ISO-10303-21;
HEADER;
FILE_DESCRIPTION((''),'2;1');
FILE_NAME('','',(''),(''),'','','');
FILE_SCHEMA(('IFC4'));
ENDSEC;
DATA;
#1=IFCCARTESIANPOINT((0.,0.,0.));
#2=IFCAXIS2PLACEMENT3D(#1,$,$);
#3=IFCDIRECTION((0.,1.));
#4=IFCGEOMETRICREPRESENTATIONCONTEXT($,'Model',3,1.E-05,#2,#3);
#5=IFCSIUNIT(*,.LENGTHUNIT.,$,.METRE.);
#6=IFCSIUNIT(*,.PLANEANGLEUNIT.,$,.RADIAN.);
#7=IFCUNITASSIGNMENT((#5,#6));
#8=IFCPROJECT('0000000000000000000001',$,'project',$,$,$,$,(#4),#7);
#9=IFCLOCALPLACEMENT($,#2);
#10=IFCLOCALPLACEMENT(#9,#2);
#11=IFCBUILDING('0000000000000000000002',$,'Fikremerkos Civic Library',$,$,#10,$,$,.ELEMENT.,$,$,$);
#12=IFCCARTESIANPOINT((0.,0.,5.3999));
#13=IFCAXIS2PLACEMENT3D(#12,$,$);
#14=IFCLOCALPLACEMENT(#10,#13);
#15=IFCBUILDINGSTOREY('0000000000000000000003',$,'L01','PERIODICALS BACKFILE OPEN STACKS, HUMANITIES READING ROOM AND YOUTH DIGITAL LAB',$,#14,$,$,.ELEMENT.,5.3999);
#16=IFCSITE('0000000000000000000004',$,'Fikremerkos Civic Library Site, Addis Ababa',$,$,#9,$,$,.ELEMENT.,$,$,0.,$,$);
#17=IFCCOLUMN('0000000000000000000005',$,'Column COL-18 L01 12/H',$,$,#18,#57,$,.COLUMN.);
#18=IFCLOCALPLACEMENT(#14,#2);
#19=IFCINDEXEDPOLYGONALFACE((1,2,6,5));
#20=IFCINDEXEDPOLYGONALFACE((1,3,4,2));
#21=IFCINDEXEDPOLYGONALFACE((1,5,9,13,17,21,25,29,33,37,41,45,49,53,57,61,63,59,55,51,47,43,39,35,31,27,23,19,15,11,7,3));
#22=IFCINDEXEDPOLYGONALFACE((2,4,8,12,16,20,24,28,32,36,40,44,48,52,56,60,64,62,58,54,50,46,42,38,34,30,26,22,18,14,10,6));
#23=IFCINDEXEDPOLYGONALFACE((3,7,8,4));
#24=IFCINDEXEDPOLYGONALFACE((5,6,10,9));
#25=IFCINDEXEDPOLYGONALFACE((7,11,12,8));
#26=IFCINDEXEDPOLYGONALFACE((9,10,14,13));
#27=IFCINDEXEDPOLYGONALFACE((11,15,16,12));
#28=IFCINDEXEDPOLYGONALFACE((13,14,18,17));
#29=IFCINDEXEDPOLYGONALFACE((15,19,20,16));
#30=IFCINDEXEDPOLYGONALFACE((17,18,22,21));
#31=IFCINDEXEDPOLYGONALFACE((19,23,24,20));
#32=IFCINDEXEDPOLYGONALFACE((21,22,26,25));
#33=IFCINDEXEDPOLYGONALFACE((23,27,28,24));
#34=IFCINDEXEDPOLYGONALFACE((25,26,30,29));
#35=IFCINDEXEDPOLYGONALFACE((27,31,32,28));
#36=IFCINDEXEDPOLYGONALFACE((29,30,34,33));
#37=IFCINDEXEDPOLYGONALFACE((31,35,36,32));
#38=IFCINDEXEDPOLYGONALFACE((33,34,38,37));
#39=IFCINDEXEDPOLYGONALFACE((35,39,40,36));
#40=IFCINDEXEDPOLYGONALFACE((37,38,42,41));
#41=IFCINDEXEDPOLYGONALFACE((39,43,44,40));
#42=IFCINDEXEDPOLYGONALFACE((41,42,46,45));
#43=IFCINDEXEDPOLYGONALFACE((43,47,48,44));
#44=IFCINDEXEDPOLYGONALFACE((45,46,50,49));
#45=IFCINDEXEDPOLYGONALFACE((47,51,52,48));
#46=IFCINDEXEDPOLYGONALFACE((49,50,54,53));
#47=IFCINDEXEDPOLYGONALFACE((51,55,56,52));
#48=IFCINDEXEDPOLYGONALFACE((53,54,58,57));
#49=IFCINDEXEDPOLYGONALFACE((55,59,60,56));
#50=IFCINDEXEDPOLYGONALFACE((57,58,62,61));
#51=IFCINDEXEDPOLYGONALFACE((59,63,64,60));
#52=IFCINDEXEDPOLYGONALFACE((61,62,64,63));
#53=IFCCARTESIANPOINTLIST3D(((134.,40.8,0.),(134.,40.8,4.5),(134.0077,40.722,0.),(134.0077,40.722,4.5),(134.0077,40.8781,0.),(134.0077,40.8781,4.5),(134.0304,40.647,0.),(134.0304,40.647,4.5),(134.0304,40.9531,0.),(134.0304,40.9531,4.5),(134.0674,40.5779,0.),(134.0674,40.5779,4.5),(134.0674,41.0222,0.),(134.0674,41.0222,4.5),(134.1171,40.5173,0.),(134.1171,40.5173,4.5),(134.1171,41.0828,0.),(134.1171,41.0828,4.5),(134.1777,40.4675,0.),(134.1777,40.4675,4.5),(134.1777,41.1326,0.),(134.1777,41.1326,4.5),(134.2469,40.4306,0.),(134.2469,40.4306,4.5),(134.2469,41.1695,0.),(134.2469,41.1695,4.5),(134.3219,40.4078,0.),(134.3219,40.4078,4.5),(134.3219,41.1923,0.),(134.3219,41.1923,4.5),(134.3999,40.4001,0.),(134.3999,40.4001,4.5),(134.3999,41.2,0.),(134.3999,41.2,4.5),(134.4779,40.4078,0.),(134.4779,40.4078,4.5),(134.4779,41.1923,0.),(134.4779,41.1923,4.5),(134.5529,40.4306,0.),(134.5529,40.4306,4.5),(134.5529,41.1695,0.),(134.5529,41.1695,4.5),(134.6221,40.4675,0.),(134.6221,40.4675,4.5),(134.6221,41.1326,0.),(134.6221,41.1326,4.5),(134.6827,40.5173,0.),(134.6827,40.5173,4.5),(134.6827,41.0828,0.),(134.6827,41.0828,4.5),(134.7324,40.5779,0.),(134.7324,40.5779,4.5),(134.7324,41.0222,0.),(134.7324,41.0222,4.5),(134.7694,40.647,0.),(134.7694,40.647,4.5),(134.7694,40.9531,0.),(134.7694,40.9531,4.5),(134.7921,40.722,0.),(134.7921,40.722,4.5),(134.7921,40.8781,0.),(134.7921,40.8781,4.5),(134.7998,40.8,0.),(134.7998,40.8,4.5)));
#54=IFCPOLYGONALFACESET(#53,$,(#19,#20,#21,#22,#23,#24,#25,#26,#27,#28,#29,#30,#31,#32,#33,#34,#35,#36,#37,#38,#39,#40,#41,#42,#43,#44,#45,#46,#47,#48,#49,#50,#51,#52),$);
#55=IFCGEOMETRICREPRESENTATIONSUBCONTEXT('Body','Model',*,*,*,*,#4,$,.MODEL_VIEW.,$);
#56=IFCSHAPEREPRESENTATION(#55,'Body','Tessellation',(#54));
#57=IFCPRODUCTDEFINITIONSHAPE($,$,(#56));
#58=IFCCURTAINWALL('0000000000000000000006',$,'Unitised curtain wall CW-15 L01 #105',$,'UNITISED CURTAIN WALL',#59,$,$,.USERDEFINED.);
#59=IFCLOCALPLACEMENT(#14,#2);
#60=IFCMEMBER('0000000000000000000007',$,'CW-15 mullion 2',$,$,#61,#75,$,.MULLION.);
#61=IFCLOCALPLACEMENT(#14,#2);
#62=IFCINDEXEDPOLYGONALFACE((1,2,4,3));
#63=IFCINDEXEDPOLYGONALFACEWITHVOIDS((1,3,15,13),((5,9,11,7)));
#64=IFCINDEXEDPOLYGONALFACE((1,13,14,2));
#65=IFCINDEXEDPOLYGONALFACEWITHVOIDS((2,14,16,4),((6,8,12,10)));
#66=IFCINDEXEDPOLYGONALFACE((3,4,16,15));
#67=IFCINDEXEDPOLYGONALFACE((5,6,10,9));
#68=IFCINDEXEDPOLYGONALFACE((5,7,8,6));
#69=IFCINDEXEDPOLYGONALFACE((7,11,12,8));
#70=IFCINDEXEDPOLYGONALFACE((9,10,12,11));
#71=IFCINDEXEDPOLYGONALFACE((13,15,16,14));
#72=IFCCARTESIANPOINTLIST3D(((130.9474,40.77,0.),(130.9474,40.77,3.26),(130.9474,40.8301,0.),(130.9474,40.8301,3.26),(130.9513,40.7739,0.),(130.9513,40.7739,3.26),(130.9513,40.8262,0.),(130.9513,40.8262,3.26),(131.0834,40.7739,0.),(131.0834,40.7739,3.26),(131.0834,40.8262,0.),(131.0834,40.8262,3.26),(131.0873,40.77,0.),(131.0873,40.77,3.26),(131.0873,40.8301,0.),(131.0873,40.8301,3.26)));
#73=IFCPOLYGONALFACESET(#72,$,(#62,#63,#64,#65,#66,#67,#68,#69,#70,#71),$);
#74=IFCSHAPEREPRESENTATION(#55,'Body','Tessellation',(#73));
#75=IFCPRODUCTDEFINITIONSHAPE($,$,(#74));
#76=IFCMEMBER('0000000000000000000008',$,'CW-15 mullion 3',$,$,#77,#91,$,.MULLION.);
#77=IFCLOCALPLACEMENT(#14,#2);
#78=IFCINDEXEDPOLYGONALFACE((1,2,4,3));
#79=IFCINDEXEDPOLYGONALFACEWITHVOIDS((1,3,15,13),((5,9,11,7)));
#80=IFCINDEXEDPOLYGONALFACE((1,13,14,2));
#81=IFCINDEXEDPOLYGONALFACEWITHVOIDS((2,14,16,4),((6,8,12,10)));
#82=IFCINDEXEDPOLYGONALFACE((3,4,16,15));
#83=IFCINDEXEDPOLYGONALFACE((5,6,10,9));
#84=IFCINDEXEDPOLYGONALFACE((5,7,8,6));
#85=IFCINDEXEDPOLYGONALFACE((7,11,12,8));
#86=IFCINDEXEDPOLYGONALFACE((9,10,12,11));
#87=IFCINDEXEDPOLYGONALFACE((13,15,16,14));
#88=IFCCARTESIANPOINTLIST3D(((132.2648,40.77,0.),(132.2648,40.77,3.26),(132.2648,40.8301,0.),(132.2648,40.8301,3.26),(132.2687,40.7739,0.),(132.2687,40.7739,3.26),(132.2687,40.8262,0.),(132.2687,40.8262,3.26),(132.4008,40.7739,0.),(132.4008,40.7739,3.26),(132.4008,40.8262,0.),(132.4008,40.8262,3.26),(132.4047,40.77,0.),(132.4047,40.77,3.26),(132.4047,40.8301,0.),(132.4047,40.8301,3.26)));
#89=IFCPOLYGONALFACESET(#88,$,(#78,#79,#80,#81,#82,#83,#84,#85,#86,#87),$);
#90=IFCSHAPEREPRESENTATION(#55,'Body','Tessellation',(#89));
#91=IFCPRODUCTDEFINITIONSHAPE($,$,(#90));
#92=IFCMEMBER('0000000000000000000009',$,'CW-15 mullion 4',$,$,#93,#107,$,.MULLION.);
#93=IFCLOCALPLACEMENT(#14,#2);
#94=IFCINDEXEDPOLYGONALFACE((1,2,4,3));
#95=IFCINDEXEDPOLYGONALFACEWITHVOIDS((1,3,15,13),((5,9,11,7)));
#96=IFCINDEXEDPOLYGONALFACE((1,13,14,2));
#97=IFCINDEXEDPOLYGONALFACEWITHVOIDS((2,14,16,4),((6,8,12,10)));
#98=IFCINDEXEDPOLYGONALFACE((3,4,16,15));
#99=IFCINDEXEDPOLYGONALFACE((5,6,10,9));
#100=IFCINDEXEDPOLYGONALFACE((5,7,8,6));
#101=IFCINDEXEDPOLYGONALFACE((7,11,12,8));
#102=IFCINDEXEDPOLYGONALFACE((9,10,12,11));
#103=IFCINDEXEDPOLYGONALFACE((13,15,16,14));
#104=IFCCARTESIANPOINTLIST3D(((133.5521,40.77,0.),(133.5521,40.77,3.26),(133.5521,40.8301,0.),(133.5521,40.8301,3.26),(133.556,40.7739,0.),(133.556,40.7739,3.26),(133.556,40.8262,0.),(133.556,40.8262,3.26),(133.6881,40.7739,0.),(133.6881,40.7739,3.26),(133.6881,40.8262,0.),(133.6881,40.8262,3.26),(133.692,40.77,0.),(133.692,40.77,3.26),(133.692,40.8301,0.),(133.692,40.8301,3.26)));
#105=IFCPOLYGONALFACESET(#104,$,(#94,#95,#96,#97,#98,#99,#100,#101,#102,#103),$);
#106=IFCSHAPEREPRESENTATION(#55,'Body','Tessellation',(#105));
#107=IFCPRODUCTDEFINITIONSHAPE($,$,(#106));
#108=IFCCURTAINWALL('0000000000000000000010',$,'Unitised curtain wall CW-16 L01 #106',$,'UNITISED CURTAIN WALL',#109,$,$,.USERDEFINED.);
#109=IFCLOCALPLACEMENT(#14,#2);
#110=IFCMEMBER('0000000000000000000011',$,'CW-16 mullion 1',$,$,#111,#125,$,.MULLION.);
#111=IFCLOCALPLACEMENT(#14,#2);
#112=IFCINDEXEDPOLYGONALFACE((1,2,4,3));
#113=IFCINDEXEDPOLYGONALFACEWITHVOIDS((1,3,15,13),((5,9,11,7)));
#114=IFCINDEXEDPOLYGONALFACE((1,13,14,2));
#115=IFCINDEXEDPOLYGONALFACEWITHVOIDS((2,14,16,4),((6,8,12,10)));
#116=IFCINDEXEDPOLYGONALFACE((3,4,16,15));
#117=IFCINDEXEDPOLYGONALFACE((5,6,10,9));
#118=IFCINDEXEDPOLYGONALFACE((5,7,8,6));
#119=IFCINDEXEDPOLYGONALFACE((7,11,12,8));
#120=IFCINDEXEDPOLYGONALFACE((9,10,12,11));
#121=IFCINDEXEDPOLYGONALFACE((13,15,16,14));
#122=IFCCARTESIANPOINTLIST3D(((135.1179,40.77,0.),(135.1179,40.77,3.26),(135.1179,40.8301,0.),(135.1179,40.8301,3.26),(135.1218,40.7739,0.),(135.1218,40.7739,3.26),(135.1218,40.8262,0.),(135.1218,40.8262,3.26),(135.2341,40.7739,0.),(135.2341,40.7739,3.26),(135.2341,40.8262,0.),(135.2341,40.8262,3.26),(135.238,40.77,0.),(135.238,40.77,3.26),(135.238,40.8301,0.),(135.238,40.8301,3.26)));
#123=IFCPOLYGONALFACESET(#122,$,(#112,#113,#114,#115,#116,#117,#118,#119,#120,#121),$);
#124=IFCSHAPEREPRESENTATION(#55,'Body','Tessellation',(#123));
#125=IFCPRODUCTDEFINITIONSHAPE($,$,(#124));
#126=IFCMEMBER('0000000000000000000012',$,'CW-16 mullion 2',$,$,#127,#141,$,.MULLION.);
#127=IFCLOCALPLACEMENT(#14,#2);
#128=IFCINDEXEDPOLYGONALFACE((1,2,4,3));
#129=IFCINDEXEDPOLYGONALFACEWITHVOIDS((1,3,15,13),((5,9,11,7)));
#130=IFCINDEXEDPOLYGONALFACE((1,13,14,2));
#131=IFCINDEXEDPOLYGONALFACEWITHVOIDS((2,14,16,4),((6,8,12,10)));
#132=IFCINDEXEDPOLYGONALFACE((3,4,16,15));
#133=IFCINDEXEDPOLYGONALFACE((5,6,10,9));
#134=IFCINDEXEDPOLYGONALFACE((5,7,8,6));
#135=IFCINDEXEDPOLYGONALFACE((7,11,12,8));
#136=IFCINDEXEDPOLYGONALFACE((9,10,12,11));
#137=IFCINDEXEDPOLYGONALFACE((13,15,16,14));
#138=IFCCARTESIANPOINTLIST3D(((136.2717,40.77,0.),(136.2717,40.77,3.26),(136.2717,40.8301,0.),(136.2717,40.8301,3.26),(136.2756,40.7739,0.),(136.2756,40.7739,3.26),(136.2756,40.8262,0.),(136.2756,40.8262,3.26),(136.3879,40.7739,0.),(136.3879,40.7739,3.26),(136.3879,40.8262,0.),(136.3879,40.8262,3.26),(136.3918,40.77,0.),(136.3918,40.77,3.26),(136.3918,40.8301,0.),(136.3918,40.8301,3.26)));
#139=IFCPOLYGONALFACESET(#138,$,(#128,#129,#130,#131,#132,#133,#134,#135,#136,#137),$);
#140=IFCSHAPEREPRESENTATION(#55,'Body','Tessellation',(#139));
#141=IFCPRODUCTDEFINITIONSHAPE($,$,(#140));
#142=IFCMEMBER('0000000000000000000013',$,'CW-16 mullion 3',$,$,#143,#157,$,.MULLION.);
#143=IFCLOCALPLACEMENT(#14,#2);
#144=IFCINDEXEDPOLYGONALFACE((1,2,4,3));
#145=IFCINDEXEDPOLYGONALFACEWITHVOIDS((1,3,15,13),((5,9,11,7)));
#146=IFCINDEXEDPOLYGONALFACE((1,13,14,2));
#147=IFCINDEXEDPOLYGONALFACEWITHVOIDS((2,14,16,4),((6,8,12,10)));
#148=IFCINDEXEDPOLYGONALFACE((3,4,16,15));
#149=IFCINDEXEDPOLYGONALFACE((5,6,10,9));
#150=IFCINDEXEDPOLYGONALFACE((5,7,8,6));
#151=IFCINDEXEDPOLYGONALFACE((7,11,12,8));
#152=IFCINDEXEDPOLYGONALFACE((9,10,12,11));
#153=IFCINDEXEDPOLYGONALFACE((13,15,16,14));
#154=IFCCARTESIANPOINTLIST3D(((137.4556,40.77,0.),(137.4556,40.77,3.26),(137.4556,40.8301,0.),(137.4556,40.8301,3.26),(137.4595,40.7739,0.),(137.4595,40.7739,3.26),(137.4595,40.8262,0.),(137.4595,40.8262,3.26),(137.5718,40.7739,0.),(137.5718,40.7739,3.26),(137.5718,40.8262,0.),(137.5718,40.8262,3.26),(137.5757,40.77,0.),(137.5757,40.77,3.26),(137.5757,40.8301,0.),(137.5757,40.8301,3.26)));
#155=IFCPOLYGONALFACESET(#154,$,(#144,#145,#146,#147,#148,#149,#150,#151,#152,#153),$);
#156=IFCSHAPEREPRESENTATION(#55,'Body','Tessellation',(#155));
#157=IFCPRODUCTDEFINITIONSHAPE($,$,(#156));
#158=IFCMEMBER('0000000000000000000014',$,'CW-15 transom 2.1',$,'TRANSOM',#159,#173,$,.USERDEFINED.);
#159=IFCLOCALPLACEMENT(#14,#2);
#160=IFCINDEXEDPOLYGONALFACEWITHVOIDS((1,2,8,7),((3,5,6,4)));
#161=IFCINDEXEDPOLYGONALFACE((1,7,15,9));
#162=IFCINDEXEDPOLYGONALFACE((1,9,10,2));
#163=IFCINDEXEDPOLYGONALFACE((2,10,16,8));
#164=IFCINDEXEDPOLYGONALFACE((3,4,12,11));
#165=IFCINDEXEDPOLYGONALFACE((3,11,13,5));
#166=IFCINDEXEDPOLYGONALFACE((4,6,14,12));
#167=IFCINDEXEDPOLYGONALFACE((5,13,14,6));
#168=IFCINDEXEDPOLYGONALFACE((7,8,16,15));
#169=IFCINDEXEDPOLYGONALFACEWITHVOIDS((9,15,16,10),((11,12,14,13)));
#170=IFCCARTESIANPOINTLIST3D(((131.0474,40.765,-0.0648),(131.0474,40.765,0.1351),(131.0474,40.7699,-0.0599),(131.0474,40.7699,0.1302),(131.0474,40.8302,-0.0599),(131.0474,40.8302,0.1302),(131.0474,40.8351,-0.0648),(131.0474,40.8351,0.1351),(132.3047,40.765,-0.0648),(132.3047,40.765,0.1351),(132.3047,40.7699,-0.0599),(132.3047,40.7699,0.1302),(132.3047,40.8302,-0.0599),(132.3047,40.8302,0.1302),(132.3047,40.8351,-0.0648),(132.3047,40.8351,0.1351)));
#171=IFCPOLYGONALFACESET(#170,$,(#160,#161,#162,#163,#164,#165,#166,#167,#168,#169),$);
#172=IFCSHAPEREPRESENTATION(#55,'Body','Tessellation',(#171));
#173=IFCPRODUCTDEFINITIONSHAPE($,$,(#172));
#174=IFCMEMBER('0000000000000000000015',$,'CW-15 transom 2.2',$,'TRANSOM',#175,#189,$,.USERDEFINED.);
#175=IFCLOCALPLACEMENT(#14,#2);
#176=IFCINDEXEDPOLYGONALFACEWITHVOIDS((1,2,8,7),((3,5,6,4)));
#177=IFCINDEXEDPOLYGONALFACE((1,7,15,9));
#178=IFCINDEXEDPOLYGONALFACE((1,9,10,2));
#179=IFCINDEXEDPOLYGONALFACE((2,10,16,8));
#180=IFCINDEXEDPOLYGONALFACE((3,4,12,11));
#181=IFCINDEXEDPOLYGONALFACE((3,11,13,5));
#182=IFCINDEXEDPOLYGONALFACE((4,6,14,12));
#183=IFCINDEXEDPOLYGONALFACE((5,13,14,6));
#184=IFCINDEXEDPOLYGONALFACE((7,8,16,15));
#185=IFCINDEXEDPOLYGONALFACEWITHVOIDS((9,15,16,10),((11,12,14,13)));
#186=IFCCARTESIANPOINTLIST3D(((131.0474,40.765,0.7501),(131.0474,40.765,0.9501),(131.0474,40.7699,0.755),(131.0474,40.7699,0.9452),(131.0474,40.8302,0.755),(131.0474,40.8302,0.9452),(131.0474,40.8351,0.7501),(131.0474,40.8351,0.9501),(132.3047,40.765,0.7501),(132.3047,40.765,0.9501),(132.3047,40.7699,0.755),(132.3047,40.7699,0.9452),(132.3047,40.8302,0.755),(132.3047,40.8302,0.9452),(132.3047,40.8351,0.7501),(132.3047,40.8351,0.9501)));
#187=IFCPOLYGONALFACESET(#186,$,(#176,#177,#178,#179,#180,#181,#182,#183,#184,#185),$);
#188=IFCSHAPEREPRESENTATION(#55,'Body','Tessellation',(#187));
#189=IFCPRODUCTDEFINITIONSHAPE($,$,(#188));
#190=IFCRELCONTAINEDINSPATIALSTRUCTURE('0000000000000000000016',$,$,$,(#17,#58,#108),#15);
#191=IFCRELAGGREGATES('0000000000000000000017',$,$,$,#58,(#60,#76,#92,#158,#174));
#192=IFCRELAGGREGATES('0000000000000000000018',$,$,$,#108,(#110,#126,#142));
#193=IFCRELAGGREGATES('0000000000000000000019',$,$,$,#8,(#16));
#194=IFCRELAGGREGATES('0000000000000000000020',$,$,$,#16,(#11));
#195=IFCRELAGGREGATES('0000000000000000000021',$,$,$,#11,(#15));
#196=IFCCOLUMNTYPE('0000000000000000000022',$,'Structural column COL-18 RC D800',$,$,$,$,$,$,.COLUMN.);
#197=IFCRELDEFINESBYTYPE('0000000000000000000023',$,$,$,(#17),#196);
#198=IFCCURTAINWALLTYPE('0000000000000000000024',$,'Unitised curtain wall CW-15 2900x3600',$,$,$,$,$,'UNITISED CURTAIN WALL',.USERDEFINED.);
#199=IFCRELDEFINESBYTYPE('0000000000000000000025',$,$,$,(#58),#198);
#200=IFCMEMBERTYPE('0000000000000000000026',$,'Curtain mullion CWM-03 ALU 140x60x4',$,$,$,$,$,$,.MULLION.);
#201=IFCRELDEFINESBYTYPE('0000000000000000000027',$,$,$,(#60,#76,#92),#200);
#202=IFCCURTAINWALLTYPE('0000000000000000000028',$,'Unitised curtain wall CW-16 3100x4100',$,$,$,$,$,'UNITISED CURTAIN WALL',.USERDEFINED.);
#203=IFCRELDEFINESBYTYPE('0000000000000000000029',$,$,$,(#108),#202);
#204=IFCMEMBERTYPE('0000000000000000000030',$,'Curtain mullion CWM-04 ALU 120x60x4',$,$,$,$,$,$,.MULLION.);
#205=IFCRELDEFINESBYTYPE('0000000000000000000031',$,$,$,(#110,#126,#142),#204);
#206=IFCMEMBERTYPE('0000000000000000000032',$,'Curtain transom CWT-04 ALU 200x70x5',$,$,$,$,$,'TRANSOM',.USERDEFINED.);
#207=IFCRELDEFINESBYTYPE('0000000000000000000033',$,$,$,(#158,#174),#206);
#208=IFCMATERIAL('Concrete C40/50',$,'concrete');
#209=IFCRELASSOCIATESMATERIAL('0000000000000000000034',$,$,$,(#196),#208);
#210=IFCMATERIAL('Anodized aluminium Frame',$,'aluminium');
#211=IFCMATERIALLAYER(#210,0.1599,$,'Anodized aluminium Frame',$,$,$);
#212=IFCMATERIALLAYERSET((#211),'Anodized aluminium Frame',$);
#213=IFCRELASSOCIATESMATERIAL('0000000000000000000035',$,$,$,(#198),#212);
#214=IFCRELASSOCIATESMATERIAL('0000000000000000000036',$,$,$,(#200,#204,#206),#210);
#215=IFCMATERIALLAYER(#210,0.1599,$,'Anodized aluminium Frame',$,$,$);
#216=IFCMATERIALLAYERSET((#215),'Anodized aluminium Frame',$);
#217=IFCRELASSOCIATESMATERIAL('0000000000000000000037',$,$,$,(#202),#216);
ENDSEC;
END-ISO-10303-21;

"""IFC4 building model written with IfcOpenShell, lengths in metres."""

from ifc_helpers import new_model, si_unit, direction, frame, origin, origin_2d, place, context, subcontext, project, spatial, hollow_rectangle, circle, extrude, material, layer, layer_set, material_profile, profile_set, type_object, element, aggregate, save


model = new_model("IFC4")

# Units and contexts
model_context = context("Model", 3, precision=1e-05, world=origin(), true_north=direction((0.0, 1.0)))
body_context = subcontext(model_context, "Body", "Model", "MODEL_VIEW")
ifc_project = project(units=[si_unit("LENGTHUNIT", "METRE"), si_unit("PLANEANGLEUNIT", "RADIAN")], contexts=[model_context])

# Site, building, storey
site_placement = place(None, origin())
site = spatial("IfcSite", under=ifc_project, at=site_placement, Name="Fikremerkos Civic Library Site, Addis Ababa", CompositionType="ELEMENT", RefElevation=0.0)
building_placement = place(site_placement, origin())
building = spatial("IfcBuilding", under=site, at=building_placement, Name="Fikremerkos Civic Library", CompositionType="ELEMENT")
storey_placement = place(building_placement, frame((0.0, 0.0, 5.3999)))
storey = spatial("IfcBuildingStorey", under=building, at=storey_placement, Name="L01", Description="PERIODICALS BACKFILE OPEN STACKS, HUMANITIES READING ROOM AND YOUTH DIGITAL LAB", CompositionType="ELEMENT", Elevation=5.3999)

# Column
ifc_material_1 = material(Name="Concrete C40/50", Category="concrete")
ifc_material_profile_1 = material_profile(ifc_material_1, circle(Radius=0.3999, at=origin_2d()), Name="RC D800")
ifc_profile_set_1 = profile_set([ifc_material_profile_1], Name="Concrete C40/50")
column_type = type_object("IfcColumnType", Name="Structural column COL-18 RC D800", PredefinedType="COLUMN", material=ifc_profile_set_1)
column_placement = place(storey_placement, frame((134.3999, 40.8, 0.0), z_axis=(0.0, 0.0, 1.0), x_axis=(1.0, 0.0, 0.0)))
element("IfcColumn", 1, at=column_placement, inside=storey, type_object=column_type, Name="Column COL-18 L01 12/H", PredefinedType="COLUMN", context=body_context, shape_type="SweptSolid", body=[
    extrude(circle(Radius=0.3999, at=origin_2d()), origin(), (0.0, 0.0, 1.0), 4.5),
])

# Curtain walls, members
ifc_material_2 = material(Name="Anodized aluminium Frame", Category="aluminium")
ifc_layer_1 = layer(ifc_material_2, 0.1599, Name="Anodized aluminium Frame")
ifc_layer_set_1 = layer_set([ifc_layer_1], Name="Anodized aluminium Frame")
curtain_wall_type_1 = type_object("IfcCurtainWallType", Name="Unitised curtain wall CW-15 2900x3600", ElementType="UNITISED CURTAIN WALL", PredefinedType="USERDEFINED", material=ifc_layer_set_1)
curtain_wall_1_placement = place(storey_placement, origin())
curtain_wall_1 = element("IfcCurtainWall", 2, at=curtain_wall_1_placement, inside=storey, type_object=curtain_wall_type_1, Name="Unitised curtain wall CW-15 L01 #105", ObjectType="UNITISED CURTAIN WALL", PredefinedType="USERDEFINED")
ifc_material_profile_2 = material_profile(ifc_material_2, hollow_rectangle(XDim=0.0601, YDim=0.1399, WallThickness=0.0039, at=origin_2d()), Name="ALU 140x60x4")
ifc_profile_set_2 = profile_set([ifc_material_profile_2], Name="Anodized aluminium Frame")
member_type_1 = type_object("IfcMemberType", Name="Curtain mullion CWM-03 ALU 140x60x4", PredefinedType="MULLION", material=ifc_profile_set_2)
member_1_placement = place(storey_placement, frame((131.0173, 40.8, 0.0), z_axis=(0.0, 0.0, 1.0), x_axis=(0.0, 1.0, 0.0)))
member_1 = element("IfcMember", 3, at=member_1_placement, type_object=member_type_1, Name="CW-15 mullion 2", PredefinedType="MULLION", context=body_context, shape_type="SweptSolid", body=[
    extrude(hollow_rectangle(XDim=0.0601, YDim=0.1399, WallThickness=0.0039, at=origin_2d()), origin(), (0.0, 0.0, 1.0), 3.26),
])
member_2_placement = place(storey_placement, frame((132.3347, 40.8, 0.0), z_axis=(0.0, 0.0, 1.0), x_axis=(0.0, 1.0, 0.0)))
member_2 = element("IfcMember", 4, at=member_2_placement, type_object=member_type_1, Name="CW-15 mullion 3", PredefinedType="MULLION", context=body_context, shape_type="SweptSolid", body=[
    extrude(hollow_rectangle(XDim=0.0601, YDim=0.1399, WallThickness=0.0039, at=origin_2d()), origin(), (0.0, 0.0, 1.0), 3.26),
])
member_3_placement = place(storey_placement, frame((133.6221, 40.8, 0.0), z_axis=(0.0, 0.0, 1.0), x_axis=(0.0, 1.0, 0.0)))
member_3 = element("IfcMember", 5, at=member_3_placement, type_object=member_type_1, Name="CW-15 mullion 4", PredefinedType="MULLION", context=body_context, shape_type="SweptSolid", body=[
    extrude(hollow_rectangle(XDim=0.0601, YDim=0.1399, WallThickness=0.0039, at=origin_2d()), origin(), (0.0, 0.0, 1.0), 3.26),
])
ifc_layer_2 = layer(ifc_material_2, 0.1599, Name="Anodized aluminium Frame")
ifc_layer_set_2 = layer_set([ifc_layer_2], Name="Anodized aluminium Frame")
curtain_wall_type_2 = type_object("IfcCurtainWallType", Name="Unitised curtain wall CW-16 3100x4100", ElementType="UNITISED CURTAIN WALL", PredefinedType="USERDEFINED", material=ifc_layer_set_2)
curtain_wall_2_placement = place(storey_placement, origin())
curtain_wall_2 = element("IfcCurtainWall", 6, at=curtain_wall_2_placement, inside=storey, type_object=curtain_wall_type_2, Name="Unitised curtain wall CW-16 L01 #106", ObjectType="UNITISED CURTAIN WALL", PredefinedType="USERDEFINED")
ifc_material_profile_3 = material_profile(ifc_material_2, hollow_rectangle(XDim=0.0601, YDim=0.1201, WallThickness=0.0039, at=origin_2d()), Name="ALU 120x60x4")
ifc_profile_set_3 = profile_set([ifc_material_profile_3], Name="Anodized aluminium Frame")
member_type_2 = type_object("IfcMemberType", Name="Curtain mullion CWM-04 ALU 120x60x4", PredefinedType="MULLION", material=ifc_profile_set_3)
member_4_placement = place(storey_placement, frame((135.178, 40.8, 0.0), z_axis=(0.0, 0.0, 1.0), x_axis=(0.0, 1.0, 0.0)))
member_4 = element("IfcMember", 7, at=member_4_placement, type_object=member_type_2, Name="CW-16 mullion 1", PredefinedType="MULLION", context=body_context, shape_type="SweptSolid", body=[
    extrude(hollow_rectangle(XDim=0.0601, YDim=0.1201, WallThickness=0.0039, at=origin_2d()), origin(), (0.0, 0.0, 1.0), 3.26),
])
member_5_placement = place(storey_placement, frame((136.3318, 40.8, 0.0), z_axis=(0.0, 0.0, 1.0), x_axis=(0.0, 1.0, 0.0)))
member_5 = element("IfcMember", 8, at=member_5_placement, type_object=member_type_2, Name="CW-16 mullion 2", PredefinedType="MULLION", context=body_context, shape_type="SweptSolid", body=[
    extrude(hollow_rectangle(XDim=0.0601, YDim=0.1201, WallThickness=0.0039, at=origin_2d()), origin(), (0.0, 0.0, 1.0), 3.26),
])
member_6_placement = place(storey_placement, frame((137.5156, 40.8, 0.0), z_axis=(0.0, 0.0, 1.0), x_axis=(0.0, 1.0, 0.0)))
member_6 = element("IfcMember", 9, at=member_6_placement, type_object=member_type_2, Name="CW-16 mullion 3", PredefinedType="MULLION", context=body_context, shape_type="SweptSolid", body=[
    extrude(hollow_rectangle(XDim=0.0601, YDim=0.1201, WallThickness=0.0039, at=origin_2d()), origin(), (0.0, 0.0, 1.0), 3.26),
])

# Members
ifc_material_profile_4 = material_profile(ifc_material_2, hollow_rectangle(XDim=0.0701, YDim=0.2, WallThickness=0.0049, at=origin_2d()), Name="ALU 200x70x5")
ifc_profile_set_4 = profile_set([ifc_material_profile_4], Name="Anodized aluminium Frame")
member_type_3 = type_object("IfcMemberType", Name="Curtain transom CWT-04 ALU 200x70x5", ElementType="TRANSOM", PredefinedType="USERDEFINED", material=ifc_profile_set_4)
member_7_placement = place(storey_placement, frame((131.0474, 40.8, 0.0352), z_axis=(1.0, 0.0, 0.0), x_axis=(0.0, 1.0, 0.0)))
member_7 = element("IfcMember", 10, at=member_7_placement, type_object=member_type_3, Name="CW-15 transom 2.1", ObjectType="TRANSOM", PredefinedType="USERDEFINED", context=body_context, shape_type="SweptSolid", body=[
    extrude(hollow_rectangle(XDim=0.0701, YDim=0.2, WallThickness=0.0049, at=origin_2d()), origin(), (0.0, 0.0, 1.0), 1.2573),
])
member_8_placement = place(storey_placement, frame((131.0474, 40.8, 0.8501), z_axis=(1.0, 0.0, 0.0), x_axis=(0.0, 1.0, 0.0)))
member_8 = element("IfcMember", 11, at=member_8_placement, type_object=member_type_3, Name="CW-15 transom 2.2", ObjectType="TRANSOM", PredefinedType="USERDEFINED", context=body_context, shape_type="SweptSolid", body=[
    extrude(hollow_rectangle(XDim=0.0701, YDim=0.2, WallThickness=0.0049, at=origin_2d()), origin(), (0.0, 0.0, 1.0), 1.2573),
])

aggregate(curtain_wall_1, [member_1, member_2, member_3, member_7, member_8])
aggregate(curtain_wall_2, [member_4, member_5, member_6])

save(model, "model.ifc")
